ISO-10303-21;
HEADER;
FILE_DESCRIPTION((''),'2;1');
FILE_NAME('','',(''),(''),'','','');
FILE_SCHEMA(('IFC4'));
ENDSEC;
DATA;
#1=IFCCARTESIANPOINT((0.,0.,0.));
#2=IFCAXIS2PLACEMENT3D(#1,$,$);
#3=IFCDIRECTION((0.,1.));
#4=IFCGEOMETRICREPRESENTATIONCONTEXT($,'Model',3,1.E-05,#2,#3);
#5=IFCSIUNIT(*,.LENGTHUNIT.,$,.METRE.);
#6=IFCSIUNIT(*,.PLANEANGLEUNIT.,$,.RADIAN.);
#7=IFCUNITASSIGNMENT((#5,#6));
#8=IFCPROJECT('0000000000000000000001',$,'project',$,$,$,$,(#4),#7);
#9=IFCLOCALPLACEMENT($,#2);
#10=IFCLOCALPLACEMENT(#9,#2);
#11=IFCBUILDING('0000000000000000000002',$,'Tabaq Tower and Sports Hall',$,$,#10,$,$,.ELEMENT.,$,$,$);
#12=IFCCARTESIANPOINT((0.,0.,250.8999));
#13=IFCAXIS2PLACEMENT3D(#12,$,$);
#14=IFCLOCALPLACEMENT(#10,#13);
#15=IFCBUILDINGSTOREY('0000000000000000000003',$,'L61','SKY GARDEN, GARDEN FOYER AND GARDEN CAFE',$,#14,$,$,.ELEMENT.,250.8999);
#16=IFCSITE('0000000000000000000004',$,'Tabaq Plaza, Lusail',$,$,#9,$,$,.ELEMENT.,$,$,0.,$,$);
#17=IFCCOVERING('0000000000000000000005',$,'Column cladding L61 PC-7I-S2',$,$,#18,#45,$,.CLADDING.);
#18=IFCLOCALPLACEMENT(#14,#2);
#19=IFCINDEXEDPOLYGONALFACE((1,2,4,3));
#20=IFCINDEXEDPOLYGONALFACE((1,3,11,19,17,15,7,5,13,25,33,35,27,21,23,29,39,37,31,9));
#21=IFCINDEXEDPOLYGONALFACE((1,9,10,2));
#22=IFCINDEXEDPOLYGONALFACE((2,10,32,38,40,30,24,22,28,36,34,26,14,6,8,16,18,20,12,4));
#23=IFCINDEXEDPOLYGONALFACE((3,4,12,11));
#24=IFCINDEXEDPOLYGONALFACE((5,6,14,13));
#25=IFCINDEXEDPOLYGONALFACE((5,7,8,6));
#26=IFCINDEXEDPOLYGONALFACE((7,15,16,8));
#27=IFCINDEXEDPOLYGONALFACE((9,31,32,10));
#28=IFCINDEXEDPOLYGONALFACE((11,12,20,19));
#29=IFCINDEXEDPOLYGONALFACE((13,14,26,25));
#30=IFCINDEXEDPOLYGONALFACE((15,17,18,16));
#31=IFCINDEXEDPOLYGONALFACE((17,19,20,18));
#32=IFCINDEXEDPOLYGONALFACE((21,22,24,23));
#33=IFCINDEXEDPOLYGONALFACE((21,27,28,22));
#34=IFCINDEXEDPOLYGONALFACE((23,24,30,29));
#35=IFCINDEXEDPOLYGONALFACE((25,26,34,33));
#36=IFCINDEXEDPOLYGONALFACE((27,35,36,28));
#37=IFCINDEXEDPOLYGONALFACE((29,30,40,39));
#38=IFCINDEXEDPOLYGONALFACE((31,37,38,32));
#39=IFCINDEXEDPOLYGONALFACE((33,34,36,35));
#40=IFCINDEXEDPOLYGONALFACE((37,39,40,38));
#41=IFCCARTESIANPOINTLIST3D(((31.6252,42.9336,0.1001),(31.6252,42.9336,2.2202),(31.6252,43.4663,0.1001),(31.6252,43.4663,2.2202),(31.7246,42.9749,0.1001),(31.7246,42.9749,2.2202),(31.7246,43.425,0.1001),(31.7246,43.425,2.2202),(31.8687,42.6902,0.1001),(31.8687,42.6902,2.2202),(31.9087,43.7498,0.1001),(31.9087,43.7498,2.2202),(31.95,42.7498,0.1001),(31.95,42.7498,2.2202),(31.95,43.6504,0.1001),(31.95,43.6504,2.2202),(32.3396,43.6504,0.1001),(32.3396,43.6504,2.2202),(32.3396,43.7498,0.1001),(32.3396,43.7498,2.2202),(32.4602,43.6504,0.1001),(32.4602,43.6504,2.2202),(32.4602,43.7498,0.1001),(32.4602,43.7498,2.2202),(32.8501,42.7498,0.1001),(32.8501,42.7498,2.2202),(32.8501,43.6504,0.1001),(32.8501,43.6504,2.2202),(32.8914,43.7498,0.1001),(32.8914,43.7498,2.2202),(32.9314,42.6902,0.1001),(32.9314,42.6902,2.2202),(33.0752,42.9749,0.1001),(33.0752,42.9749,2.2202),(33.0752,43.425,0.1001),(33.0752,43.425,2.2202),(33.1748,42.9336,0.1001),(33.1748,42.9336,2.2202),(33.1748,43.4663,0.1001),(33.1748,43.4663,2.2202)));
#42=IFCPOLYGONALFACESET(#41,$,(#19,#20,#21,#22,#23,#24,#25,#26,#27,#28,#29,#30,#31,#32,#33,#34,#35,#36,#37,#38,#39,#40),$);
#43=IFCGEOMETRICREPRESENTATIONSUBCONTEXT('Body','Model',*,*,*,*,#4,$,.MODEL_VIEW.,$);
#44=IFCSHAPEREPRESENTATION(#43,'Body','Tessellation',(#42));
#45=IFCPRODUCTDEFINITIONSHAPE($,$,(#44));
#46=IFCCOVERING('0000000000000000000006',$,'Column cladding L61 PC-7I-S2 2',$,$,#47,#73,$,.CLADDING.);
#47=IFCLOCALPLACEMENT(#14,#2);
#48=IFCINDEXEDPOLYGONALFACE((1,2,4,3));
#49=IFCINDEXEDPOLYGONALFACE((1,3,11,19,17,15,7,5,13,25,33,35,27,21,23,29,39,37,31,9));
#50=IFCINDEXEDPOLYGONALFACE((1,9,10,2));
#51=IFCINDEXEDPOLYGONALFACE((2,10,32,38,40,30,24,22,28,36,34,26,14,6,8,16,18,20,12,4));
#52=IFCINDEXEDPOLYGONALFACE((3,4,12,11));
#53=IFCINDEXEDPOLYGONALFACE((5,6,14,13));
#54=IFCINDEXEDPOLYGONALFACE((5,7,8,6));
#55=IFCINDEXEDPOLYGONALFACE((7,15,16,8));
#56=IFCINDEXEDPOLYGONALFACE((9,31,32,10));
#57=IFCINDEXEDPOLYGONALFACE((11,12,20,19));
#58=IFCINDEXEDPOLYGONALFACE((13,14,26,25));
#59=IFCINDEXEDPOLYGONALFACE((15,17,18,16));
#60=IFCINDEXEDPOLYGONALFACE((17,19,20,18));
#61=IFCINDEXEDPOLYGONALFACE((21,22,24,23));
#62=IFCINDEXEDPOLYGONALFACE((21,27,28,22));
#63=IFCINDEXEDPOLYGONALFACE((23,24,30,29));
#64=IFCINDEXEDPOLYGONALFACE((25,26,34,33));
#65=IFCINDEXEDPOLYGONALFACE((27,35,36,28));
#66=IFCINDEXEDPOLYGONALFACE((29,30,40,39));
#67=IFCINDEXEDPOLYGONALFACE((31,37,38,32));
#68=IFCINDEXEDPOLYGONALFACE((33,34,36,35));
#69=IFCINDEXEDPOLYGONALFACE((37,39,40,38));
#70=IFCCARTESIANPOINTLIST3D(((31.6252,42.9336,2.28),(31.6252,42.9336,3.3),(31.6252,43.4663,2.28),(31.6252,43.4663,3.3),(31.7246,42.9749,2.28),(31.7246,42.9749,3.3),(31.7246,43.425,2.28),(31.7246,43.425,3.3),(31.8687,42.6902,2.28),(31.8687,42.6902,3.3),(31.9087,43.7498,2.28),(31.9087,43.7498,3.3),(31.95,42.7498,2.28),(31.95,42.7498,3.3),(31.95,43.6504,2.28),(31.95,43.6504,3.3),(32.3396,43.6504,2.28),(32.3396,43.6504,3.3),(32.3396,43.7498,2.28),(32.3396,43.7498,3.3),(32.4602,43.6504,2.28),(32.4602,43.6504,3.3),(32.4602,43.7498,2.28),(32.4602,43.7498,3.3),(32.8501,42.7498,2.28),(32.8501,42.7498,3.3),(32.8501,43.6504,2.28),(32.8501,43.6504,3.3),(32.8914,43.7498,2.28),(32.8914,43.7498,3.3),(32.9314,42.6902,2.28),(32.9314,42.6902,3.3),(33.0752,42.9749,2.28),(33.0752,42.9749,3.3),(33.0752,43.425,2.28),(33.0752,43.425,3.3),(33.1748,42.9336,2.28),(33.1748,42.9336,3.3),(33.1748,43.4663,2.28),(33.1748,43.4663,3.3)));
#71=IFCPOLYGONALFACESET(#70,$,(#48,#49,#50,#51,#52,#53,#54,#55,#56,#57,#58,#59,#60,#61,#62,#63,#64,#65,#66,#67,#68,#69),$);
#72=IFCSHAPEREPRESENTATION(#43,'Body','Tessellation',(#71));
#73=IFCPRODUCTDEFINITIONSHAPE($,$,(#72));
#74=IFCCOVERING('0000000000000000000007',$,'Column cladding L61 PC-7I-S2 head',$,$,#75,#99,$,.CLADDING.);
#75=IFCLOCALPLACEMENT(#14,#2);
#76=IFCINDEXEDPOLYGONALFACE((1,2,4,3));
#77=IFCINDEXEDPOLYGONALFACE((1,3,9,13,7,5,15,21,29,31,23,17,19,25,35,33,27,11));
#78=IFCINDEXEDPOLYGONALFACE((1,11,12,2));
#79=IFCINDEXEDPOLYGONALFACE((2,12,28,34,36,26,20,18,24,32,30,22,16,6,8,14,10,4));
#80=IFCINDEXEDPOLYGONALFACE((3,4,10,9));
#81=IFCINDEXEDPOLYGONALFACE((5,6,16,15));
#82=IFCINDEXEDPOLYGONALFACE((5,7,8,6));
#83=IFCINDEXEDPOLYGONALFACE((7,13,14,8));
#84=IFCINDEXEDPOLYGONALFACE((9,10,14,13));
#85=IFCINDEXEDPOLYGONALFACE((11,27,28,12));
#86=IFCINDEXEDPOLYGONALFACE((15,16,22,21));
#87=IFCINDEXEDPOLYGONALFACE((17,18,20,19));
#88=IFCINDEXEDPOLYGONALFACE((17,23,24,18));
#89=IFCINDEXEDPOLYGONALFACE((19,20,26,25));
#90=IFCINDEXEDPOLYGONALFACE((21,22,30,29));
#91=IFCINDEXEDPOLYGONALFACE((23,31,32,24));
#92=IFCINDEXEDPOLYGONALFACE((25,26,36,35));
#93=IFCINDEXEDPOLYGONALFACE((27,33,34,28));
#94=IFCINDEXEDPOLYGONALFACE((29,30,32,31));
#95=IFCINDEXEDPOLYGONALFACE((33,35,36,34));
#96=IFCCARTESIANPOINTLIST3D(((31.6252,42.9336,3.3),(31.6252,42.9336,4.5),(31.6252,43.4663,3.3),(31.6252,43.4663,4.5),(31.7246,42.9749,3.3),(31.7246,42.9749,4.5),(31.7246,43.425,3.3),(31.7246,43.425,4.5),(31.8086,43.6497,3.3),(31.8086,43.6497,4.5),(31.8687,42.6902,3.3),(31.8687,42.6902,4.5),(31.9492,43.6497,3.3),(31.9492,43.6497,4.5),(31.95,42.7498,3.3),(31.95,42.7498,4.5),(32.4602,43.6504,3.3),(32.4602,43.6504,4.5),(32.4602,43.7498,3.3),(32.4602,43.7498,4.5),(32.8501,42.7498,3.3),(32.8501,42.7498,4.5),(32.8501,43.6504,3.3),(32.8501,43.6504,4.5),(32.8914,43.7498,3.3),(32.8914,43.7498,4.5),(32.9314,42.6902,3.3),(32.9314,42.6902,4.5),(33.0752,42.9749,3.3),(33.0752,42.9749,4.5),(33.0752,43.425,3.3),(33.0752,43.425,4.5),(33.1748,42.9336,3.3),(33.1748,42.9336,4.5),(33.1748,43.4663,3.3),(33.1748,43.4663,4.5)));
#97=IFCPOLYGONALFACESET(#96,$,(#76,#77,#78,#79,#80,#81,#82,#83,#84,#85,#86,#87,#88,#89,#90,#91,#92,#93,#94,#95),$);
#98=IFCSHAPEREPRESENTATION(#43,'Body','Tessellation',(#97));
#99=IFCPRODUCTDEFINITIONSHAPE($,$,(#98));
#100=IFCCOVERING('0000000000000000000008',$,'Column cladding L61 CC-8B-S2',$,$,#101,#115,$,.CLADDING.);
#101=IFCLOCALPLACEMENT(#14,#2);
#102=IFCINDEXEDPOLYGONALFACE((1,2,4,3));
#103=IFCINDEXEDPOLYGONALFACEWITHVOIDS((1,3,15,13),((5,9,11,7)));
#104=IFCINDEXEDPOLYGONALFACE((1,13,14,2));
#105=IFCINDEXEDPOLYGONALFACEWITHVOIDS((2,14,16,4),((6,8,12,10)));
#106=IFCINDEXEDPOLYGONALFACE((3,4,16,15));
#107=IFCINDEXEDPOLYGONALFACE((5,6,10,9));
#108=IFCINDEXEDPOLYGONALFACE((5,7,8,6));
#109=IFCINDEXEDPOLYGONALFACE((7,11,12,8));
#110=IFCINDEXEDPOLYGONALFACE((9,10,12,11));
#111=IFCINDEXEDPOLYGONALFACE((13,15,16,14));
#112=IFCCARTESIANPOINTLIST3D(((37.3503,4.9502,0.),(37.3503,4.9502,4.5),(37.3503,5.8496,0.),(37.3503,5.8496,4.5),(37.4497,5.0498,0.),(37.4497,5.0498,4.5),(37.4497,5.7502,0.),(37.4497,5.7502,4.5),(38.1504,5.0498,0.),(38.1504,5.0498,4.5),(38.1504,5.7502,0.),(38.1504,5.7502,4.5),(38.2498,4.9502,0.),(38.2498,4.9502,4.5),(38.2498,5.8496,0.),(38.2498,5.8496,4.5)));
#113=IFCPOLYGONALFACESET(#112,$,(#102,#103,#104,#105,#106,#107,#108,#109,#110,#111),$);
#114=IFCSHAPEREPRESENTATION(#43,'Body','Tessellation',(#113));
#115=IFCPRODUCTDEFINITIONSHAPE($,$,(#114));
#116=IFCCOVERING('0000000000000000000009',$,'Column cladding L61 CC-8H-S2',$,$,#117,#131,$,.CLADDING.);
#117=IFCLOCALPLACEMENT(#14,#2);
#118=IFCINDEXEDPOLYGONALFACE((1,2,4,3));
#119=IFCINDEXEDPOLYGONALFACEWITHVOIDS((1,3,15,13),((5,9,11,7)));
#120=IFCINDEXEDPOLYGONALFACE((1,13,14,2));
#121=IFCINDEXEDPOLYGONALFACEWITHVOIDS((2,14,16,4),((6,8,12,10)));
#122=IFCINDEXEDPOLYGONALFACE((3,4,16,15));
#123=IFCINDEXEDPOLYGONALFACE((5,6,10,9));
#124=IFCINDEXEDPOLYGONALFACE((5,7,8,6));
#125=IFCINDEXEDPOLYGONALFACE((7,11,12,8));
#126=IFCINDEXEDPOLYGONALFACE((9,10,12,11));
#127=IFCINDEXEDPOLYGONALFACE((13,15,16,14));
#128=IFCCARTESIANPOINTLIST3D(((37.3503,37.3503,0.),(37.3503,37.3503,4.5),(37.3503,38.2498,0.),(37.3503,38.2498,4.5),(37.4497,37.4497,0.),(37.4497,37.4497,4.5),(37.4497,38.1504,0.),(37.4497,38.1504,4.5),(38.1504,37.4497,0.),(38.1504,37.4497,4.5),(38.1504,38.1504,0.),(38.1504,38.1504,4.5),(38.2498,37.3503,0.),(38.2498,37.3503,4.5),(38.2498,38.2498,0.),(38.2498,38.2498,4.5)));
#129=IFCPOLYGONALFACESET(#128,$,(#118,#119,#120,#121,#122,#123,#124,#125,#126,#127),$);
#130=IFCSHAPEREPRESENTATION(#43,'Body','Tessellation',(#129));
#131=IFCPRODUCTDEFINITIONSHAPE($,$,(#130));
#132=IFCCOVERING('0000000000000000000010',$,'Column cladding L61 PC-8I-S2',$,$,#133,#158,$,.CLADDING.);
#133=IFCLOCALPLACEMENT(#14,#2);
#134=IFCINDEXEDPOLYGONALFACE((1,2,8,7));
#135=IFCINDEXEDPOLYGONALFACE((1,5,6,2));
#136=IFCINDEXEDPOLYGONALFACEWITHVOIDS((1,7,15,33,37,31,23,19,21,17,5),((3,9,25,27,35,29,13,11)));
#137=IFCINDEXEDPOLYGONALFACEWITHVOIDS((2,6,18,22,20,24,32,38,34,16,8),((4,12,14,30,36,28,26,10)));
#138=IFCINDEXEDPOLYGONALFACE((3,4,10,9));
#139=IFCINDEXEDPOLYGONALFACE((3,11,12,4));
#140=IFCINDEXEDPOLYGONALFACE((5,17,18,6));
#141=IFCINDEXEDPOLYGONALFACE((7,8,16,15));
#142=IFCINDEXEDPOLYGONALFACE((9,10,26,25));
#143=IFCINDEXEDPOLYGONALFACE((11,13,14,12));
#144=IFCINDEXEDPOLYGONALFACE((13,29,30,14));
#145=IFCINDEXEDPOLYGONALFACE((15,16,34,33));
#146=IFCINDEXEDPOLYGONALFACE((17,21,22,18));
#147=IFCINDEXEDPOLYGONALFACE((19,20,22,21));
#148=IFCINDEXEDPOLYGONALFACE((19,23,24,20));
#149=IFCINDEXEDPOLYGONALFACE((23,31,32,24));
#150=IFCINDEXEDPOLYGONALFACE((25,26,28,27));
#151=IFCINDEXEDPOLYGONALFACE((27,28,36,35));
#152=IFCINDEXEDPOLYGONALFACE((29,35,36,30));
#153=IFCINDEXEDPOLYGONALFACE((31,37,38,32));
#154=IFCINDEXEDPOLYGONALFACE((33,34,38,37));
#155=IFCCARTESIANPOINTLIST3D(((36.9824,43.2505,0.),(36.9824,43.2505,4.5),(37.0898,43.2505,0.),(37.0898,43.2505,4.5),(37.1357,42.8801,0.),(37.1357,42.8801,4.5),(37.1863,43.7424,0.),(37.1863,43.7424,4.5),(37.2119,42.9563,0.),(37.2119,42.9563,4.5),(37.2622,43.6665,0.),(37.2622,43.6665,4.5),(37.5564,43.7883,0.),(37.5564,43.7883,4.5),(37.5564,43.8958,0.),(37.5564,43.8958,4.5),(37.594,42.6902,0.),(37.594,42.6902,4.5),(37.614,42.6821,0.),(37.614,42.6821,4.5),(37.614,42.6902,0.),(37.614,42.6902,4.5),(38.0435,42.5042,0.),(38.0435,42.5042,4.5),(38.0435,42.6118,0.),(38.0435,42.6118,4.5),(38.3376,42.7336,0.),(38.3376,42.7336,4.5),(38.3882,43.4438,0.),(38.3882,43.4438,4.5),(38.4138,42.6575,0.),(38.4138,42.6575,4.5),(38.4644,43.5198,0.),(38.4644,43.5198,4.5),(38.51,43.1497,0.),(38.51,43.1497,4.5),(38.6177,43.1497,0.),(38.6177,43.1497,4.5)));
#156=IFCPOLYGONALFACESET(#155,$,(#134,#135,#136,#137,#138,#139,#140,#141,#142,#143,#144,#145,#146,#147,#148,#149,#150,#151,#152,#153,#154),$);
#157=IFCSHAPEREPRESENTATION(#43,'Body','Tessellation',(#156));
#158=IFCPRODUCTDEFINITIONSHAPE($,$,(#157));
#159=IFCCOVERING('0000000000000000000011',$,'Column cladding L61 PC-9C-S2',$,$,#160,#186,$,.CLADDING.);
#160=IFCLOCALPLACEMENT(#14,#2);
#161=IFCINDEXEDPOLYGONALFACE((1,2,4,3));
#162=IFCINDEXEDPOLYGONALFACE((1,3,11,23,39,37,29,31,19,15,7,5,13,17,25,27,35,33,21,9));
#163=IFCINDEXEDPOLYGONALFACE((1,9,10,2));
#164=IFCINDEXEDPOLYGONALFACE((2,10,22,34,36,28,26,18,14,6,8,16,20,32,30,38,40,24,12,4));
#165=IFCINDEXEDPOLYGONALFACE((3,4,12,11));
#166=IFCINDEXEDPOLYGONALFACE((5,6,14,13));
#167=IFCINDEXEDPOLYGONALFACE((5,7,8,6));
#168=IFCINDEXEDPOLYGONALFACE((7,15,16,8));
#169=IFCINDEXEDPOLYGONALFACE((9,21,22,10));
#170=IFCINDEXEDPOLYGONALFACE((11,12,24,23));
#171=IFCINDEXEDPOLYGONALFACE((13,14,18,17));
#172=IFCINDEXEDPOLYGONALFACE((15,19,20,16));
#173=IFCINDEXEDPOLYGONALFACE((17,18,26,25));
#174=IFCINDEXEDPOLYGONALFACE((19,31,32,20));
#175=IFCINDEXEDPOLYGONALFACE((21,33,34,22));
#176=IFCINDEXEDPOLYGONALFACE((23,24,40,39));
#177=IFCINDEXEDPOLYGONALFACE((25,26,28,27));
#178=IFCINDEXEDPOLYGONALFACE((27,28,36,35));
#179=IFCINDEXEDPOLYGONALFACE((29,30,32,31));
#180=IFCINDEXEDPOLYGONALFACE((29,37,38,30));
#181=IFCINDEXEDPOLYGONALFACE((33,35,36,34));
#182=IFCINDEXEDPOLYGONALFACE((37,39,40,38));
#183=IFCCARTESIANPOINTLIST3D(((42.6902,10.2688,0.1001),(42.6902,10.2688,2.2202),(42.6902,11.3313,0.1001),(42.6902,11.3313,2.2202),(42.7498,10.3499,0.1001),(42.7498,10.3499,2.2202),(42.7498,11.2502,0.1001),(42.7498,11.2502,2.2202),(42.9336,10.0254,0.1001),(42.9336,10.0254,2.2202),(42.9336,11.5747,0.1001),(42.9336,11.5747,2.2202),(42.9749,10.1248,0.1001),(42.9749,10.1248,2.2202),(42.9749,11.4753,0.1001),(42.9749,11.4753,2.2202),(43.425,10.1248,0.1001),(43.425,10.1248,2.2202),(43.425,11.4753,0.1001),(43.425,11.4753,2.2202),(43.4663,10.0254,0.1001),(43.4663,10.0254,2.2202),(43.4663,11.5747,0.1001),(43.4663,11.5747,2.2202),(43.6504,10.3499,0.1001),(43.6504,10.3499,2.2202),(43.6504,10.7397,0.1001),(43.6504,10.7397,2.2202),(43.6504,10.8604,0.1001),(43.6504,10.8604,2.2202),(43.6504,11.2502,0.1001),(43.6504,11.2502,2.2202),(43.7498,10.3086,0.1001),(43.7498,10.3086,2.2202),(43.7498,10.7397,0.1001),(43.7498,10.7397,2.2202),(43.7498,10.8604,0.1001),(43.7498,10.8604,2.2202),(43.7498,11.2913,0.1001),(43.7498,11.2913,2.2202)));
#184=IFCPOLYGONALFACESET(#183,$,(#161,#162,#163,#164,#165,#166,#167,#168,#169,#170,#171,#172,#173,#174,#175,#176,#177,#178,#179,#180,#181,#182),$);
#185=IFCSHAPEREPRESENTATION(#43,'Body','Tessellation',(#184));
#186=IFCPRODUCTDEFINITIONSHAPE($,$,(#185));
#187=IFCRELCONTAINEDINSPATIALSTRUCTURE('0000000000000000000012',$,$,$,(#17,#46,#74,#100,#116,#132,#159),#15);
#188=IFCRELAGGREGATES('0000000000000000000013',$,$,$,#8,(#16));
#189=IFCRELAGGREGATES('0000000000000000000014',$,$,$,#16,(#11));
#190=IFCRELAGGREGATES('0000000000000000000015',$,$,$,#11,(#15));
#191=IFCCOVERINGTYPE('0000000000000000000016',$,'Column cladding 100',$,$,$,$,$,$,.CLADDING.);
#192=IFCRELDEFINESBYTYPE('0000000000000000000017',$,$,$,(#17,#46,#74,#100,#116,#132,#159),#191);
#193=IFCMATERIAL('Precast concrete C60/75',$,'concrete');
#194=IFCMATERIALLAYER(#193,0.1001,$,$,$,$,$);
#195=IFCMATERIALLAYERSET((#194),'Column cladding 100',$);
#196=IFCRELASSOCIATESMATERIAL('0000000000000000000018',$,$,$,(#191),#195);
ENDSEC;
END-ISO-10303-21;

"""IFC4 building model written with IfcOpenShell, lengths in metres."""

from ifc_helpers import new_model, si_unit, direction, frame, origin, place, context, subcontext, project, spatial, polyline, outline, extrude, material, layer, layer_set, type_object, element, save


model = new_model("IFC4")

# Units and contexts
model_context = context("Model", 3, precision=1e-05, world=origin(), true_north=direction((0.0, 1.0)))
body_context = subcontext(model_context, "Body", "Model", "MODEL_VIEW")
ifc_project = project(units=[si_unit("LENGTHUNIT", "METRE"), si_unit("PLANEANGLEUNIT", "RADIAN")], contexts=[model_context])

# Site, building, storey
site_placement = place(None, origin())
site = spatial("IfcSite", under=ifc_project, at=site_placement, Name="Tabaq Plaza, Lusail", CompositionType="ELEMENT", RefElevation=0.0)
building_placement = place(site_placement, origin())
building = spatial("IfcBuilding", under=site, at=building_placement, Name="Tabaq Tower and Sports Hall", CompositionType="ELEMENT")
storey_placement = place(building_placement, frame((0.0, 0.0, 250.8999)))
storey = spatial("IfcBuildingStorey", under=building, at=storey_placement, Name="L61", Description="SKY GARDEN, GARDEN FOYER AND GARDEN CAFE", CompositionType="ELEMENT", Elevation=250.8999)

# Coverings
ifc_material_1 = material(Name="Precast concrete C60/75", Category="concrete")
ifc_layer_1 = layer(ifc_material_1, 0.1001)
ifc_layer_set_1 = layer_set([ifc_layer_1], Name="Column cladding 100")
covering_type = type_object("IfcCoveringType", Name="Column cladding 100", PredefinedType="CLADDING", material=ifc_layer_set_1)
covering_1_placement = place(storey_placement, frame((0.0, 0.0, 0.1001)))
element("IfcCovering", 1, at=covering_1_placement, inside=storey, type_object=covering_type, Name="Column cladding L61 PC-7I-S2", PredefinedType="CLADDING", context=body_context, shape_type="SweptSolid", body=[
    extrude(outline(polyline([(31.6252, 43.4663), (31.9087, 43.7498), (32.3396, 43.7498), (32.3396, 43.6504), (31.95, 43.6504), (31.7246, 43.425), (31.7246, 42.9749), (31.95, 42.7498), (32.8501, 42.7498), (33.0752, 42.9749), (33.0752, 43.425), (32.8501, 43.6504), (32.4602, 43.6504), (32.4602, 43.7498), (32.8914, 43.7498), (33.1748, 43.4663), (33.1748, 42.9336), (32.9314, 42.6902), (31.8687, 42.6902), (31.6252, 42.9336), (31.6252, 43.4663)])), origin(), (0.0, 0.0, 1.0), 2.1201),
])
covering_2_placement = place(storey_placement, frame((0.0, 0.0, 2.28)))
element("IfcCovering", 2, at=covering_2_placement, inside=storey, type_object=covering_type, Name="Column cladding L61 PC-7I-S2 2", PredefinedType="CLADDING", context=body_context, shape_type="SweptSolid", body=[
    extrude(outline(polyline([(31.6252, 43.4663), (31.9087, 43.7498), (32.3396, 43.7498), (32.3396, 43.6504), (31.95, 43.6504), (31.7246, 43.425), (31.7246, 42.9749), (31.95, 42.7498), (32.8501, 42.7498), (33.0752, 42.9749), (33.0752, 43.425), (32.8501, 43.6504), (32.4602, 43.6504), (32.4602, 43.7498), (32.8914, 43.7498), (33.1748, 43.4663), (33.1748, 42.9336), (32.9314, 42.6902), (31.8687, 42.6902), (31.6252, 42.9336), (31.6252, 43.4663)])), origin(), (0.0, 0.0, 1.0), 1.02),
])
covering_3_placement = place(storey_placement, frame((0.0, 0.0, 3.3)))
element("IfcCovering", 3, at=covering_3_placement, inside=storey, type_object=covering_type, Name="Column cladding L61 PC-7I-S2 head", PredefinedType="CLADDING", context=body_context, shape_type="SweptSolid", body=[
    extrude(outline(polyline([(31.8086, 43.6497), (31.9492, 43.6497), (31.7246, 43.425), (31.7246, 42.9749), (31.95, 42.7498), (32.8501, 42.7498), (33.0752, 42.9749), (33.0752, 43.425), (32.8501, 43.6504), (32.4602, 43.6504), (32.4602, 43.7498), (32.8914, 43.7498), (33.1748, 43.4663), (33.1748, 42.9336), (32.9314, 42.6902), (31.8687, 42.6902), (31.6252, 42.9336), (31.6252, 43.4663), (31.8086, 43.6497)])), origin(), (0.0, 0.0, 1.0), 1.2),
])
covering_4_placement = place(storey_placement, origin())
element("IfcCovering", 4, at=covering_4_placement, inside=storey, type_object=covering_type, Name="Column cladding L61 CC-8B-S2", PredefinedType="CLADDING", context=body_context, shape_type="SweptSolid", body=[
    extrude(outline(polyline([(37.3503, 5.8496), (38.2498, 5.8496), (38.2498, 4.9502), (37.3503, 4.9502), (37.3503, 5.8496)]), holes=[polyline([(38.1504, 5.0498), (38.1504, 5.7502), (37.4497, 5.7502), (37.4497, 5.0498), (38.1504, 5.0498)])]), origin(), (0.0, 0.0, 1.0), 4.5),
])
covering_5_placement = place(storey_placement, origin())
element("IfcCovering", 5, at=covering_5_placement, inside=storey, type_object=covering_type, Name="Column cladding L61 CC-8H-S2", PredefinedType="CLADDING", context=body_context, shape_type="SweptSolid", body=[
    extrude(outline(polyline([(37.3503, 38.2498), (38.2498, 38.2498), (38.2498, 37.3503), (37.3503, 37.3503), (37.3503, 38.2498)]), holes=[polyline([(38.1504, 37.4497), (38.1504, 38.1504), (37.4497, 38.1504), (37.4497, 37.4497), (38.1504, 37.4497)])]), origin(), (0.0, 0.0, 1.0), 4.5),
])
covering_6_placement = place(storey_placement, origin())
element("IfcCovering", 6, at=covering_6_placement, inside=storey, type_object=covering_type, Name="Column cladding L61 PC-8I-S2", PredefinedType="CLADDING", context=body_context, shape_type="SweptSolid", body=[
    extrude(outline(polyline([(38.4138, 42.6575), (38.0435, 42.5042), (37.614, 42.6821), (37.614, 42.6902), (37.594, 42.6902), (37.1357, 42.8801), (36.9824, 43.2505), (37.1863, 43.7424), (37.5564, 43.8958), (38.4644, 43.5198), (38.6177, 43.1497), (38.4138, 42.6575)]), holes=[polyline([(37.2622, 43.6665), (37.0898, 43.2505), (37.2119, 42.9563), (38.0435, 42.6118), (38.3376, 42.7336), (38.51, 43.1497), (38.3882, 43.4438), (37.5564, 43.7883), (37.2622, 43.6665)])]), origin(), (0.0, 0.0, 1.0), 4.5),
])
covering_7_placement = place(storey_placement, frame((0.0, 0.0, 0.1001)))
element("IfcCovering", 7, at=covering_7_placement, inside=storey, type_object=covering_type, Name="Column cladding L61 PC-9C-S2", PredefinedType="CLADDING", context=body_context, shape_type="SweptSolid", body=[
    extrude(outline(polyline([(42.9336, 10.0254), (42.6902, 10.2688), (42.6902, 11.3313), (42.9336, 11.5747), (43.4663, 11.5747), (43.7498, 11.2913), (43.7498, 10.8604), (43.6504, 10.8604), (43.6504, 11.2502), (43.425, 11.4753), (42.9749, 11.4753), (42.7498, 11.2502), (42.7498, 10.3499), (42.9749, 10.1248), (43.425, 10.1248), (43.6504, 10.3499), (43.6504, 10.7397), (43.7498, 10.7397), (43.7498, 10.3086), (43.4663, 10.0254), (42.9336, 10.0254)])), origin(), (0.0, 0.0, 1.0), 2.1201),
])

save(model, "model.ifc")
